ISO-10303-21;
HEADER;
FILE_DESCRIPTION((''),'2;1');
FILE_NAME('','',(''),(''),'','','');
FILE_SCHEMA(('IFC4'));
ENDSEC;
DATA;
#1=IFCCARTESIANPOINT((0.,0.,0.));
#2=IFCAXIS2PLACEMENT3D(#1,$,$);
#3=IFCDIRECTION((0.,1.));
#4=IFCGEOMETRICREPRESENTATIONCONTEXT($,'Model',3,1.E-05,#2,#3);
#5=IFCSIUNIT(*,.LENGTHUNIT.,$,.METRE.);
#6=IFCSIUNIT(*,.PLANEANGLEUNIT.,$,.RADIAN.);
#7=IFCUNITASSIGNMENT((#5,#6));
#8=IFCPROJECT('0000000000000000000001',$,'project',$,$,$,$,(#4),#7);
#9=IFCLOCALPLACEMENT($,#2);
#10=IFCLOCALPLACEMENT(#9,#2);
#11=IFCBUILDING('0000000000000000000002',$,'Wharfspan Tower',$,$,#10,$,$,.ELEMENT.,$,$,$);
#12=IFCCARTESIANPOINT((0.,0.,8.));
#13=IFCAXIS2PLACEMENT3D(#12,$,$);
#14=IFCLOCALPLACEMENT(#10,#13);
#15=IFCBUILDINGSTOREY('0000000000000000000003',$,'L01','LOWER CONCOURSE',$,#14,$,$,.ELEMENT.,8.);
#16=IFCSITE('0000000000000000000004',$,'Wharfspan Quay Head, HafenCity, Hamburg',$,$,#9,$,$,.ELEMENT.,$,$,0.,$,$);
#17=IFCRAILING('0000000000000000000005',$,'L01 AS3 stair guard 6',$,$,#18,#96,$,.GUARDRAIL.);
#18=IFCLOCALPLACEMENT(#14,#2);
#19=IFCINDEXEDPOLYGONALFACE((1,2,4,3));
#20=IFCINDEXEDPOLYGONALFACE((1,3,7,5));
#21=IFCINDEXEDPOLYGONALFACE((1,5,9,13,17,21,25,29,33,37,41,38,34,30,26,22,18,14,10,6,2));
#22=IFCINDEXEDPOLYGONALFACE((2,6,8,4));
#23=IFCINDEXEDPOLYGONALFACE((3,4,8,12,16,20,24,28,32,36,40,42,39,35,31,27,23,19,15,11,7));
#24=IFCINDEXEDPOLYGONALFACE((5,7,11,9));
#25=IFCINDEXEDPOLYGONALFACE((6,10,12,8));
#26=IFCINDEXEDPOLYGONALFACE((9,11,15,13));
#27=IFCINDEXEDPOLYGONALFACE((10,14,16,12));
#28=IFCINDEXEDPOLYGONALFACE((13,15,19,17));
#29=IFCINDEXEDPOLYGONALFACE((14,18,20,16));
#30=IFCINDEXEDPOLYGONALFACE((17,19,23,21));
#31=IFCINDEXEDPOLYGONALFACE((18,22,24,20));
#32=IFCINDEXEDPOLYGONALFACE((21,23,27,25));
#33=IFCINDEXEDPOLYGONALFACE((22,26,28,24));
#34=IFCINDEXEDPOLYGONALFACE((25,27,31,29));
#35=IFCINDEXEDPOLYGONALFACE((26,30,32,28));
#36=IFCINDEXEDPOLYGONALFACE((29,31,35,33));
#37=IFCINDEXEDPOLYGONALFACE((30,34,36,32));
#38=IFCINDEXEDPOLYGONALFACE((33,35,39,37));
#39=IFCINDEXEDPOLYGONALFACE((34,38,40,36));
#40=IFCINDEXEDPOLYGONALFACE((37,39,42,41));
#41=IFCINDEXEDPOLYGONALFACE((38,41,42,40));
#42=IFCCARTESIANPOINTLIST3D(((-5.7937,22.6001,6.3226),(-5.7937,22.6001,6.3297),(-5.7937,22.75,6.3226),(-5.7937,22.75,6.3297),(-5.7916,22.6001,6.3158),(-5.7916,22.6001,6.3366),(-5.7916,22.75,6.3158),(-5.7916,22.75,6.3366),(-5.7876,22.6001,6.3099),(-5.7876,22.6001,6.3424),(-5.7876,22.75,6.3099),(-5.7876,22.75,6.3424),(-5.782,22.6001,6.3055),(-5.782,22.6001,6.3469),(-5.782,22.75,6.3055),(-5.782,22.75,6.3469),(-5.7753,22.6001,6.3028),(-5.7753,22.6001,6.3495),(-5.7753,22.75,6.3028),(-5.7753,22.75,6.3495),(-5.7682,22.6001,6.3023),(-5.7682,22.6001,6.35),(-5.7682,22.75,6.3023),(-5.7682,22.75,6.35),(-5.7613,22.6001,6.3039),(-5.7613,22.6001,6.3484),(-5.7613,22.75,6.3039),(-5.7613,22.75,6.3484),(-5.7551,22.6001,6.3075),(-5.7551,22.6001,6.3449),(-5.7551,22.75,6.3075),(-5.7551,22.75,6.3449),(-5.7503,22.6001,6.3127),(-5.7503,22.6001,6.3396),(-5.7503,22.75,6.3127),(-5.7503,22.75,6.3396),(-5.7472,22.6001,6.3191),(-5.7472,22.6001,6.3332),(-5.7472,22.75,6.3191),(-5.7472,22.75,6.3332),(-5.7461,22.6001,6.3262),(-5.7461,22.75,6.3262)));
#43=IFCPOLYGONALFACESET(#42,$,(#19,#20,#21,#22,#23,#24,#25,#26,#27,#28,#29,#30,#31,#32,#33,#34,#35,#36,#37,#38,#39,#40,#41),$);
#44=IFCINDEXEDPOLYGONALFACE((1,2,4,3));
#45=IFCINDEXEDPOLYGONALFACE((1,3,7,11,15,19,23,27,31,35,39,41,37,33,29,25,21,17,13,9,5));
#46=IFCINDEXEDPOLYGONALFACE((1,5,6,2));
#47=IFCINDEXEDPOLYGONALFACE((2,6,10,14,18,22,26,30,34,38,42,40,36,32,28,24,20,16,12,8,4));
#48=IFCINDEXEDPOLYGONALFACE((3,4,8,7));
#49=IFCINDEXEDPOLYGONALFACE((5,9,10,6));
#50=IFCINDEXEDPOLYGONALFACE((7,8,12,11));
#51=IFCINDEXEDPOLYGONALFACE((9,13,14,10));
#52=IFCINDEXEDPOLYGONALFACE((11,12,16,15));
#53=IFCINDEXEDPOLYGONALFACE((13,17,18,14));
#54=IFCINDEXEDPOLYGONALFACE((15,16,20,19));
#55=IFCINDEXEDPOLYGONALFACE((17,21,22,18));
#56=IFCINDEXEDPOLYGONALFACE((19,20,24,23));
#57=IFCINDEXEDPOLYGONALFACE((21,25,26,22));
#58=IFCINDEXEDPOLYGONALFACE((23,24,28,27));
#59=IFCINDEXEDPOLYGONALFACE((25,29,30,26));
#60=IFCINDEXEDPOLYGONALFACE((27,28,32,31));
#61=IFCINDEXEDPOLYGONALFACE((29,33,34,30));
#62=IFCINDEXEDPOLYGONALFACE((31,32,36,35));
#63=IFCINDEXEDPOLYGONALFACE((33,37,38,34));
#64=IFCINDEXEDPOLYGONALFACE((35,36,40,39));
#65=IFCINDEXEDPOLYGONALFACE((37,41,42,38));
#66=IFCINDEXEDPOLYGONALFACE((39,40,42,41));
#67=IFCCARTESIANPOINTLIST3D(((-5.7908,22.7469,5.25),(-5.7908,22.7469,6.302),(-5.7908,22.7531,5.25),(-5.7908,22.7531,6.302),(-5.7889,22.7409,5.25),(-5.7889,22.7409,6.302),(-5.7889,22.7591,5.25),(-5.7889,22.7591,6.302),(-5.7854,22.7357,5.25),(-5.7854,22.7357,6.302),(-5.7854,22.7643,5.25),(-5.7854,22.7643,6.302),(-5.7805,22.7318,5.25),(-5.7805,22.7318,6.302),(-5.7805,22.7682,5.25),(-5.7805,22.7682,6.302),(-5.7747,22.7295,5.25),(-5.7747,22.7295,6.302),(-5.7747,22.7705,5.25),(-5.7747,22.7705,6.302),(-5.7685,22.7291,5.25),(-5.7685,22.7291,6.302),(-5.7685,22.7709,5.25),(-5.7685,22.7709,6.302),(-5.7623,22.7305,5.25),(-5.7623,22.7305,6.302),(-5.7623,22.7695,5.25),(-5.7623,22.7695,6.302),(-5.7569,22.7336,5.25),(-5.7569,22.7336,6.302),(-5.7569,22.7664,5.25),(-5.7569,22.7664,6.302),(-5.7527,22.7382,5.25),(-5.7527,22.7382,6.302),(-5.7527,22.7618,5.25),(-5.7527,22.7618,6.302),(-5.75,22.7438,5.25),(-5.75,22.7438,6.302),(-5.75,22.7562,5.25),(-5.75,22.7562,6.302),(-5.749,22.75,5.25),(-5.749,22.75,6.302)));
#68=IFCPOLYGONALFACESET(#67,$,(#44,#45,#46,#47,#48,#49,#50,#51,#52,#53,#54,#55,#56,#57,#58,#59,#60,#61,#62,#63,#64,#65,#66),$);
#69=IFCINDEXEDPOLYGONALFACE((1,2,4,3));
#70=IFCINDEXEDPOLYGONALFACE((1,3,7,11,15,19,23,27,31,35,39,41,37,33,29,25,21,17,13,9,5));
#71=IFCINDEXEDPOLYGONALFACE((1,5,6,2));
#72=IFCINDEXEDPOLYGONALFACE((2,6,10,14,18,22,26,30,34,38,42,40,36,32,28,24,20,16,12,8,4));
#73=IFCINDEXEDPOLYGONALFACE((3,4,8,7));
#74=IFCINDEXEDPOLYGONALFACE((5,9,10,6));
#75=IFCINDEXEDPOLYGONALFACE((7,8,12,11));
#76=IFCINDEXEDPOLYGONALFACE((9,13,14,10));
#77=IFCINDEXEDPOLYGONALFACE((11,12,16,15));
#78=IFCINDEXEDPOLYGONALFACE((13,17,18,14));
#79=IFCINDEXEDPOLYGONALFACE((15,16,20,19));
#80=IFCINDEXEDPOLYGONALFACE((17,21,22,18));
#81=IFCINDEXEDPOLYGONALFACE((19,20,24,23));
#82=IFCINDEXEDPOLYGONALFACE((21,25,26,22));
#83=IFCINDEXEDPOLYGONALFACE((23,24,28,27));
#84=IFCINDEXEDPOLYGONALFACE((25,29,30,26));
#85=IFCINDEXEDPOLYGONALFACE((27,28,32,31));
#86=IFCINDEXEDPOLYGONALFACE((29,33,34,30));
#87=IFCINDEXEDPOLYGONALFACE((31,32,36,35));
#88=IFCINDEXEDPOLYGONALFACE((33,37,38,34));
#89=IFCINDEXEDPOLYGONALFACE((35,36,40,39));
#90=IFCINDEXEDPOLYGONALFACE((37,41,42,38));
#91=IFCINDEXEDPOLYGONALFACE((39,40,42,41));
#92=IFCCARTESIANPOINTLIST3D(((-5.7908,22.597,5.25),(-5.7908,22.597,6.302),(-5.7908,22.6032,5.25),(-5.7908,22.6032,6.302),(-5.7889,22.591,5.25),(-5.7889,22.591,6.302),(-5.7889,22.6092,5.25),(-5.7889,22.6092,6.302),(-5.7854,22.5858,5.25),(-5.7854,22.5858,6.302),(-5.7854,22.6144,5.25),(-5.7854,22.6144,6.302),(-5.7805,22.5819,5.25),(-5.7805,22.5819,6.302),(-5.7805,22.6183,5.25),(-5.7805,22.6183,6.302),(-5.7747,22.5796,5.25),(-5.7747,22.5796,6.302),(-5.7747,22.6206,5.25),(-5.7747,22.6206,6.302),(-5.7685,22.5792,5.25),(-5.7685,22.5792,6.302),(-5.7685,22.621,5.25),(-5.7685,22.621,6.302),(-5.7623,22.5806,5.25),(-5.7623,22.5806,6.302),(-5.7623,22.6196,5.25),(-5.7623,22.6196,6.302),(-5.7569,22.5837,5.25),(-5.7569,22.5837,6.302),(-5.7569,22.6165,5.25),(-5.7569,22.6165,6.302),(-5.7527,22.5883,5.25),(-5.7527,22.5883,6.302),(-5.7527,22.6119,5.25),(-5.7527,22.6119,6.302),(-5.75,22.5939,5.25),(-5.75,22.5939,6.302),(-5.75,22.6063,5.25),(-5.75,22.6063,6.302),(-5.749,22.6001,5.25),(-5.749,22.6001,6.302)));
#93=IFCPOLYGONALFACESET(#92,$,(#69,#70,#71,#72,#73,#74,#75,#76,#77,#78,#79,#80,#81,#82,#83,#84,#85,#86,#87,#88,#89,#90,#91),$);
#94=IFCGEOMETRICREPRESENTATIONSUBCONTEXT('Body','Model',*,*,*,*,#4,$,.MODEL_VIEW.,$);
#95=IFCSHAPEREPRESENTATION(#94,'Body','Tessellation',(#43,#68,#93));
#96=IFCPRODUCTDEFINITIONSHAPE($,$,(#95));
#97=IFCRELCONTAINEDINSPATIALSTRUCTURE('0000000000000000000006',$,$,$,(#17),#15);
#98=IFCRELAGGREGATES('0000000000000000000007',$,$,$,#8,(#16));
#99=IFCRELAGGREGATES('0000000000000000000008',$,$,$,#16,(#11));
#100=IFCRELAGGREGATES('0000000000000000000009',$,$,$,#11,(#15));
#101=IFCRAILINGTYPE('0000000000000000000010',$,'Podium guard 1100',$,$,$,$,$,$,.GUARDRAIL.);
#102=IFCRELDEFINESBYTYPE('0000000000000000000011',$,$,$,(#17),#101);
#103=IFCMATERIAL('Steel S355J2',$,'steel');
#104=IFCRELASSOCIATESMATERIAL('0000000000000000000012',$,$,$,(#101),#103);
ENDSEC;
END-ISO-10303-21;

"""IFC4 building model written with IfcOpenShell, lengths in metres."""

from ifc_helpers import new_model, si_unit, direction, frame, origin, origin_2d, place, context, subcontext, project, spatial, circle, extrude, material, type_object, element, save


model = new_model("IFC4")

# Units and contexts
model_context = context("Model", 3, precision=1e-05, world=origin(), true_north=direction((0.0, 1.0)))
body_context = subcontext(model_context, "Body", "Model", "MODEL_VIEW")
ifc_project = project(units=[si_unit("LENGTHUNIT", "METRE"), si_unit("PLANEANGLEUNIT", "RADIAN")], contexts=[model_context])

# Site, building, storey
site_placement = place(None, origin())
site = spatial("IfcSite", under=ifc_project, at=site_placement, Name="Wharfspan Quay Head, HafenCity, Hamburg", CompositionType="ELEMENT", RefElevation=0.0)
building_placement = place(site_placement, origin())
building = spatial("IfcBuilding", under=site, at=building_placement, Name="Wharfspan Tower", CompositionType="ELEMENT")
storey_placement = place(building_placement, frame((0.0, 0.0, 8.0)))
storey = spatial("IfcBuildingStorey", under=building, at=storey_placement, Name="L01", Description="LOWER CONCOURSE", CompositionType="ELEMENT", Elevation=8.0)

# Railing
ifc_material_1 = material(Name="Steel S355J2", Category="steel")
railing_type_1 = type_object("IfcRailingType", Name="Podium guard 1100", PredefinedType="GUARDRAIL", material=ifc_material_1)
railing_1_placement = place(storey_placement, frame((-5.77, 22.75, 5.25)))
element("IfcRailing", 1, at=railing_1_placement, inside=storey, type_object=railing_type_1, Name="L01 AS3 stair guard 6", PredefinedType="GUARDRAIL", context=body_context, shape_type="SweptSolid", body=[
    extrude(circle(Radius=0.0239, at=origin_2d()), frame((0.0, 0.0, 1.0762), z_axis=(0.0, -1.0, 0.0), x_axis=(1.0, 0.0, 0.0)), (0.0, 0.0, 1.0), 0.1499),
    extrude(circle(Radius=0.021, at=origin_2d()), origin(), (0.0, 0.0, 1.0), 1.052),
    extrude(circle(Radius=0.021, at=origin_2d()), frame((0.0, -0.1499, 0.0)), (0.0, 0.0, 1.0), 1.052),
])

save(model, "model.ifc")
